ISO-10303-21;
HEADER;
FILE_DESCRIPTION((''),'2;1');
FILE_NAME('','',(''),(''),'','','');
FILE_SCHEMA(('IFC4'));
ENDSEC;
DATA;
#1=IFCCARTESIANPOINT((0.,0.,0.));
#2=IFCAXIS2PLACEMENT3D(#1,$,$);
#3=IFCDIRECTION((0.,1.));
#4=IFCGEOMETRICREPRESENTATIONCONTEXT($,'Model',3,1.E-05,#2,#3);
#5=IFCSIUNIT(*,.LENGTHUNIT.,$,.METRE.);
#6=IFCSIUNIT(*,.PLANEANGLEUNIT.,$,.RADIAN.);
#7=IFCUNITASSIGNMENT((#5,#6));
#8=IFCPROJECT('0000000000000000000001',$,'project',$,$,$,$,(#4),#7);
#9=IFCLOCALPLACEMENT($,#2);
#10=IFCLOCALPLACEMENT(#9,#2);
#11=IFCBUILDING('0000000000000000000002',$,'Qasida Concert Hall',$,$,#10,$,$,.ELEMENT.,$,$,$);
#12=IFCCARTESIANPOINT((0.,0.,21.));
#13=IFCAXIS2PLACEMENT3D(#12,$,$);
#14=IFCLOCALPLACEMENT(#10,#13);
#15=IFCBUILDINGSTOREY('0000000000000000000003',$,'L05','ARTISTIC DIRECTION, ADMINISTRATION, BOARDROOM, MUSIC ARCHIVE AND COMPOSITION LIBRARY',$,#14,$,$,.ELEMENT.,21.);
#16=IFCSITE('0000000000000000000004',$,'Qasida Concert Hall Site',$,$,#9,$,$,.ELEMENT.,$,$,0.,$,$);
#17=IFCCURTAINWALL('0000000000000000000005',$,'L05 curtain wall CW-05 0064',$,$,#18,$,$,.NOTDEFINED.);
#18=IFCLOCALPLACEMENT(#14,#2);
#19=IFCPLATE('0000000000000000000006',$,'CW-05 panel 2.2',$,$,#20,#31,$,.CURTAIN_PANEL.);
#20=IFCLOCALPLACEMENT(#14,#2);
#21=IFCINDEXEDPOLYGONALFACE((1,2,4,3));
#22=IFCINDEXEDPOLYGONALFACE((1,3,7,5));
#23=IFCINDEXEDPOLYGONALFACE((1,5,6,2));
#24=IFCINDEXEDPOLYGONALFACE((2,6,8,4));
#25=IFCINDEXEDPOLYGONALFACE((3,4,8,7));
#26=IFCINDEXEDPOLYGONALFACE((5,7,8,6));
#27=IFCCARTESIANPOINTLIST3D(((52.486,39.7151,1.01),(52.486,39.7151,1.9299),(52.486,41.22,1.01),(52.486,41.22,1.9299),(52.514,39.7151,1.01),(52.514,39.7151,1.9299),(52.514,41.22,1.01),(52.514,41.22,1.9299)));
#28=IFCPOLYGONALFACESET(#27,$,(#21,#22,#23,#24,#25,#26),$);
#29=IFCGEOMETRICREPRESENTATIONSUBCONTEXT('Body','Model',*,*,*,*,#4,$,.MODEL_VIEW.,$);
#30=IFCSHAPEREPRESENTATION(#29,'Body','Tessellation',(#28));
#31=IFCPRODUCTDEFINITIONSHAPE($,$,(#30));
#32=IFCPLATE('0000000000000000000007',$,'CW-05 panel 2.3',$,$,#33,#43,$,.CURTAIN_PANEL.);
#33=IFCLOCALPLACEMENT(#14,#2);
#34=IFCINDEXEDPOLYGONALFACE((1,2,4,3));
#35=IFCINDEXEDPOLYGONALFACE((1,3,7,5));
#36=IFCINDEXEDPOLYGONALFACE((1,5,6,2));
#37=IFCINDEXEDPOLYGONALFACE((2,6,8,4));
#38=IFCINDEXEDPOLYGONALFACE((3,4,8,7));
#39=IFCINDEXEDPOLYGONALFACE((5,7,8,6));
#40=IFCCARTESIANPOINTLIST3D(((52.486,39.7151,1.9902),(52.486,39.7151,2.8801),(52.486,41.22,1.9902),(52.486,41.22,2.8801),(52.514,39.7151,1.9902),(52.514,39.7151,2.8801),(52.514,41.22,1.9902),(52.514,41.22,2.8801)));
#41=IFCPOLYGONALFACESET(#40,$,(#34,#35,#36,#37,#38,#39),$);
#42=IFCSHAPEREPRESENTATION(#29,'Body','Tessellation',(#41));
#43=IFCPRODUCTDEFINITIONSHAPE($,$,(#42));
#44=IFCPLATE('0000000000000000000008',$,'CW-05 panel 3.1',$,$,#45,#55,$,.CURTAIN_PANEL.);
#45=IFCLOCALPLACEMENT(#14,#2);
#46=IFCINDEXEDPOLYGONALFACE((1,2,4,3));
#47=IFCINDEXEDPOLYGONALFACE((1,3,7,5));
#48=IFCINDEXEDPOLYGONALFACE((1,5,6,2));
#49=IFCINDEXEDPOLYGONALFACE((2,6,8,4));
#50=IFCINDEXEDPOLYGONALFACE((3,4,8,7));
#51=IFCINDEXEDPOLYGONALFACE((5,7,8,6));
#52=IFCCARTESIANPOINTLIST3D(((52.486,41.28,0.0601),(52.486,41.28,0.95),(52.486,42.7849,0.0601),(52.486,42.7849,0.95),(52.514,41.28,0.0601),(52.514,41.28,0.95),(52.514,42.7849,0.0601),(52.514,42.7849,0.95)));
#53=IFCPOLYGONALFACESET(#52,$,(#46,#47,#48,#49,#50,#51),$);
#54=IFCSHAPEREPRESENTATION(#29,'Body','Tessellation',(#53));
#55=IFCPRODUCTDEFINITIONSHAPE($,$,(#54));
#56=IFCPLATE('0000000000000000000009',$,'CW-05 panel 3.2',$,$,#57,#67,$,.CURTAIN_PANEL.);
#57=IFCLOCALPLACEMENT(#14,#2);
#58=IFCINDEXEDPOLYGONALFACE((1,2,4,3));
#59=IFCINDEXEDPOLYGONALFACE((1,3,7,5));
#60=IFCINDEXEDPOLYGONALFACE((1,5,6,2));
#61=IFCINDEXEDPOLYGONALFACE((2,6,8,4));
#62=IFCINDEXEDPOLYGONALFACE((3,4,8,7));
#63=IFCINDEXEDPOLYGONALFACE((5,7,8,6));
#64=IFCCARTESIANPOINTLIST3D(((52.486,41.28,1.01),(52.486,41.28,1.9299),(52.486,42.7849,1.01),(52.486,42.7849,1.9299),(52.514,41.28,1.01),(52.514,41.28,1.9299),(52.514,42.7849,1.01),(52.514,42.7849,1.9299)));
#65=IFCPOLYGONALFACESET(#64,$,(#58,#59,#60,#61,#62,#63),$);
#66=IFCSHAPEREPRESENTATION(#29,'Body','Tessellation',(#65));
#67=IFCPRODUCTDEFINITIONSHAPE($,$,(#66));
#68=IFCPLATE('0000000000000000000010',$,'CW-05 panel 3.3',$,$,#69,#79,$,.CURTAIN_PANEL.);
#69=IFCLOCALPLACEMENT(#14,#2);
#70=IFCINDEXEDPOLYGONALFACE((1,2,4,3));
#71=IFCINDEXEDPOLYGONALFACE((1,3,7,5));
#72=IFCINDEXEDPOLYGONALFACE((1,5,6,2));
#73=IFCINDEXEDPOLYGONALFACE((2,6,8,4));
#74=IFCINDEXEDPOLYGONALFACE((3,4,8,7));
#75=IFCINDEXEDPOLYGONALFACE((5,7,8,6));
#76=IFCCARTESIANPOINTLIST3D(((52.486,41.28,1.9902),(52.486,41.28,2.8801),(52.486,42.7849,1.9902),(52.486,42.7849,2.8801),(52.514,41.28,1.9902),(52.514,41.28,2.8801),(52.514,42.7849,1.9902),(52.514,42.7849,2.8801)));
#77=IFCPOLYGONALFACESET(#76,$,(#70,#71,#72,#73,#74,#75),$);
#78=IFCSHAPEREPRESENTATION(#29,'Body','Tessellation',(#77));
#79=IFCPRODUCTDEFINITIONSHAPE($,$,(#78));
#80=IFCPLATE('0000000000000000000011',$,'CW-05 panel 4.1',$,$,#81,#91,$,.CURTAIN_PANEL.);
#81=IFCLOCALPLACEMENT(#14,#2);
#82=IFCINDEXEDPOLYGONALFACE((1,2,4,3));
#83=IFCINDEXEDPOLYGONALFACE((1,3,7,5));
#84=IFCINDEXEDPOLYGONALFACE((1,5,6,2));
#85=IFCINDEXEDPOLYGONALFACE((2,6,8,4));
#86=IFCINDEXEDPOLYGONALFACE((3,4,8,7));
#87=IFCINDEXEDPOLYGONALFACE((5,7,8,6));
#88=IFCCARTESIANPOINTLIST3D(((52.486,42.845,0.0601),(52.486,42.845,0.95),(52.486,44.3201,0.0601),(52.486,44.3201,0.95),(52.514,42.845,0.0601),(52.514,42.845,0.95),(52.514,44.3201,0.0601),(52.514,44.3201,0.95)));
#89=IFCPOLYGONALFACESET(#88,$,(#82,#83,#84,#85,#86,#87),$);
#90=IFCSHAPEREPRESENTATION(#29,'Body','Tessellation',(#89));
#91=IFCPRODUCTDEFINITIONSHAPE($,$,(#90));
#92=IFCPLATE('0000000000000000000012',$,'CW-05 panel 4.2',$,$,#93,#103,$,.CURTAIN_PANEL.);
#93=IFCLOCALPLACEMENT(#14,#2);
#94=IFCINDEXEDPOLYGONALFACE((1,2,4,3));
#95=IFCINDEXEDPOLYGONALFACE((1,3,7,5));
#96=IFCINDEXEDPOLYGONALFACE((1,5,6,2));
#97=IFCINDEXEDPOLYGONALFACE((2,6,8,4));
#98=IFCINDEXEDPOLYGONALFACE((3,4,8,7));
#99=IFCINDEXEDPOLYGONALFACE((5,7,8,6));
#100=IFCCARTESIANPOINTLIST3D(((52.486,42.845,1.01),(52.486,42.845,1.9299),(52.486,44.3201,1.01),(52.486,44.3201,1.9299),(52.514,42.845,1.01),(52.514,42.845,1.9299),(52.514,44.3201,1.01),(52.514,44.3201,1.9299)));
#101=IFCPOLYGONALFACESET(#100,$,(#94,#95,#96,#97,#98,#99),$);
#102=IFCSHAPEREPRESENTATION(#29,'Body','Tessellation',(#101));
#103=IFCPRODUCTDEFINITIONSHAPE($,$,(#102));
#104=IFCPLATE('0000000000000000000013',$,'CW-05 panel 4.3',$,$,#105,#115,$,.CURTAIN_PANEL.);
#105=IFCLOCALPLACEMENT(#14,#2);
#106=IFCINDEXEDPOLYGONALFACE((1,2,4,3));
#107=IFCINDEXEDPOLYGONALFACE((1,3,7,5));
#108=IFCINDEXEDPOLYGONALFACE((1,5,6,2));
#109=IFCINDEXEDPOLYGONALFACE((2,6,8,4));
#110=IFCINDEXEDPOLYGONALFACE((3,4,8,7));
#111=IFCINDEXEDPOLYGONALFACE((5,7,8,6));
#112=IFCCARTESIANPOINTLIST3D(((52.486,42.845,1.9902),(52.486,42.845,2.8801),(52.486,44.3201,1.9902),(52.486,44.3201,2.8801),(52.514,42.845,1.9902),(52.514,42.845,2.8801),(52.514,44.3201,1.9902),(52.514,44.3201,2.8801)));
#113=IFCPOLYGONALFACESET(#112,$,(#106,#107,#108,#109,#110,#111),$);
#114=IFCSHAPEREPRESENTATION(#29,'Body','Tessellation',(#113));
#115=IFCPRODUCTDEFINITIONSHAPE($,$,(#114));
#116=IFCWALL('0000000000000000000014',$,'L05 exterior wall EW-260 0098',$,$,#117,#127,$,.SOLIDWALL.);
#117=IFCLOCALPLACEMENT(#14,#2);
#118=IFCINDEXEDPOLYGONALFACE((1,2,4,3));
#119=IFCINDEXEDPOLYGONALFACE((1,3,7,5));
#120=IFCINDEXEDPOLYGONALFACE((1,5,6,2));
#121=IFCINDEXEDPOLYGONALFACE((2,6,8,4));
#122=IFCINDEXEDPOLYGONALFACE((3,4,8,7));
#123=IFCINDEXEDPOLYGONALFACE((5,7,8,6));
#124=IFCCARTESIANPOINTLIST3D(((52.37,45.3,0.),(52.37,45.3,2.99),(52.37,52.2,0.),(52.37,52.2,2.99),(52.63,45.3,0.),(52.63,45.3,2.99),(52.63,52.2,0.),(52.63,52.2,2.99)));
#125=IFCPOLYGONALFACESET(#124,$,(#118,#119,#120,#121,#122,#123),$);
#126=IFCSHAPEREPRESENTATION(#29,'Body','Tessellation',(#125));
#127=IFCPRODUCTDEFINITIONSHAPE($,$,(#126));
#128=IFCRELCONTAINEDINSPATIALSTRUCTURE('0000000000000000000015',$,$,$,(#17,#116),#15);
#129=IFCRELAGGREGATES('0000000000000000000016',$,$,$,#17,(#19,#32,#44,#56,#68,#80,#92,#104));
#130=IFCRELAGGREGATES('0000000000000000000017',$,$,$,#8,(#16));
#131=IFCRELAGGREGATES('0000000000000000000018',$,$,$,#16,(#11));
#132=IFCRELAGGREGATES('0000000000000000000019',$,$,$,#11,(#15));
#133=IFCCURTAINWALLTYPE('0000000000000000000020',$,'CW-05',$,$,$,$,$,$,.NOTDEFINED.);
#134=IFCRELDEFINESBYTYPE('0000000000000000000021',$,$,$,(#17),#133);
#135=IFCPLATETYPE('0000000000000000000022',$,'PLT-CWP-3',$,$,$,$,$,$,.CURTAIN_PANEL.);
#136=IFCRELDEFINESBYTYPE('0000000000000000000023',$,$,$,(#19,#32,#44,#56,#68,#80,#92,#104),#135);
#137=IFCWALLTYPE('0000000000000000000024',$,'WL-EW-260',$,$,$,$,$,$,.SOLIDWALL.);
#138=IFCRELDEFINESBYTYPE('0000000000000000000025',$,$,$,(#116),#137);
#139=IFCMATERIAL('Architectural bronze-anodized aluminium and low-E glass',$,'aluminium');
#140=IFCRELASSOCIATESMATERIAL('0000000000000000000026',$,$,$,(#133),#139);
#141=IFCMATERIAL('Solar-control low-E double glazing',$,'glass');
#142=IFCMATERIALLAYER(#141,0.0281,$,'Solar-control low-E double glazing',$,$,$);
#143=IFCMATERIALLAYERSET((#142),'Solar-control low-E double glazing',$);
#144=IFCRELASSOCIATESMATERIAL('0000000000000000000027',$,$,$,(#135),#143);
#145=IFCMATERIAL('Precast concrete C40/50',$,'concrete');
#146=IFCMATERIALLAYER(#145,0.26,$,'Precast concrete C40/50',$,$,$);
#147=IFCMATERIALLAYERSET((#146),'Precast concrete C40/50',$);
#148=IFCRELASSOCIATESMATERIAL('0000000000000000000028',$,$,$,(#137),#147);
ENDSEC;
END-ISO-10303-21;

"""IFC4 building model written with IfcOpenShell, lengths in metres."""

from ifc_helpers import new_model, si_unit, direction, frame, frame_2d, origin, origin_2d, place, context, subcontext, project, spatial, rectangle, extrude, material, layer, layer_set, type_object, element, aggregate, save


model = new_model("IFC4")

# Units and contexts
model_context = context("Model", 3, precision=1e-05, world=origin(), true_north=direction((0.0, 1.0)))
body_context = subcontext(model_context, "Body", "Model", "MODEL_VIEW")
ifc_project = project(units=[si_unit("LENGTHUNIT", "METRE"), si_unit("PLANEANGLEUNIT", "RADIAN")], contexts=[model_context])

# Site, building, storey
site_placement = place(None, origin())
site = spatial("IfcSite", under=ifc_project, at=site_placement, Name="Qasida Concert Hall Site", CompositionType="ELEMENT", RefElevation=0.0)
building_placement = place(site_placement, origin())
building = spatial("IfcBuilding", under=site, at=building_placement, Name="Qasida Concert Hall", CompositionType="ELEMENT")
storey_placement = place(building_placement, frame((0.0, 0.0, 21.0)))
storey = spatial("IfcBuildingStorey", under=building, at=storey_placement, Name="L05", Description="ARTISTIC DIRECTION, ADMINISTRATION, BOARDROOM, MUSIC ARCHIVE AND COMPOSITION LIBRARY", CompositionType="ELEMENT", Elevation=21.0)

# Curtain wall, plates
ifc_material_1 = material(Name="Architectural bronze-anodized aluminium and low-E glass", Category="aluminium")
curtain_wall_type = type_object("IfcCurtainWallType", Name="CW-05", PredefinedType="NOTDEFINED", material=ifc_material_1)
curtain_wall_placement = place(storey_placement, origin())
curtain_wall = element("IfcCurtainWall", 1, at=curtain_wall_placement, inside=storey, type_object=curtain_wall_type, Name="L05 curtain wall CW-05 0064", PredefinedType="NOTDEFINED")
ifc_material_2 = material(Name="Solar-control low-E double glazing", Category="glass")
ifc_layer_1 = layer(ifc_material_2, 0.0281, Name="Solar-control low-E double glazing")
ifc_layer_set_1 = layer_set([ifc_layer_1], Name="Solar-control low-E double glazing")
plate_type = type_object("IfcPlateType", Name="PLT-CWP-3", PredefinedType="CURTAIN_PANEL", material=ifc_layer_set_1)
plate_1_placement = place(storey_placement, frame((52.5, 40.4675, 1.01), z_axis=(0.0, 0.0, 1.0), x_axis=(0.0, 1.0, 0.0)))
plate_1 = element("IfcPlate", 2, at=plate_1_placement, type_object=plate_type, Name="CW-05 panel 2.2", PredefinedType="CURTAIN_PANEL", context=body_context, shape_type="SweptSolid", body=[
    extrude(rectangle(XDim=1.5049, YDim=0.0281, at=origin_2d()), origin(), (0.0, 0.0, 1.0), 0.9199),
])
plate_2_placement = place(storey_placement, frame((52.5, 40.4675, 1.9902), z_axis=(0.0, 0.0, 1.0), x_axis=(0.0, 1.0, 0.0)))
plate_2 = element("IfcPlate", 3, at=plate_2_placement, type_object=plate_type, Name="CW-05 panel 2.3", PredefinedType="CURTAIN_PANEL", context=body_context, shape_type="SweptSolid", body=[
    extrude(rectangle(XDim=1.5049, YDim=0.0281, at=origin_2d()), origin(), (0.0, 0.0, 1.0), 0.8899),
])
plate_3_placement = place(storey_placement, frame((52.5, 42.0325, 0.0601), z_axis=(0.0, 0.0, 1.0), x_axis=(0.0, 1.0, 0.0)))
plate_3 = element("IfcPlate", 4, at=plate_3_placement, type_object=plate_type, Name="CW-05 panel 3.1", PredefinedType="CURTAIN_PANEL", context=body_context, shape_type="SweptSolid", body=[
    extrude(rectangle(XDim=1.5049, YDim=0.0281, at=origin_2d()), origin(), (0.0, 0.0, 1.0), 0.8899),
])
plate_4_placement = place(storey_placement, frame((52.5, 42.0325, 1.01), z_axis=(0.0, 0.0, 1.0), x_axis=(0.0, 1.0, 0.0)))
plate_4 = element("IfcPlate", 5, at=plate_4_placement, type_object=plate_type, Name="CW-05 panel 3.2", PredefinedType="CURTAIN_PANEL", context=body_context, shape_type="SweptSolid", body=[
    extrude(rectangle(XDim=1.5049, YDim=0.0281, at=origin_2d()), origin(), (0.0, 0.0, 1.0), 0.9199),
])
plate_5_placement = place(storey_placement, frame((52.5, 42.0325, 1.9902), z_axis=(0.0, 0.0, 1.0), x_axis=(0.0, 1.0, 0.0)))
plate_5 = element("IfcPlate", 6, at=plate_5_placement, type_object=plate_type, Name="CW-05 panel 3.3", PredefinedType="CURTAIN_PANEL", context=body_context, shape_type="SweptSolid", body=[
    extrude(rectangle(XDim=1.5049, YDim=0.0281, at=origin_2d()), origin(), (0.0, 0.0, 1.0), 0.8899),
])
plate_6_placement = place(storey_placement, frame((52.5, 43.5825, 0.0601), z_axis=(0.0, 0.0, 1.0), x_axis=(0.0, 1.0, 0.0)))
plate_6 = element("IfcPlate", 7, at=plate_6_placement, type_object=plate_type, Name="CW-05 panel 4.1", PredefinedType="CURTAIN_PANEL", context=body_context, shape_type="SweptSolid", body=[
    extrude(rectangle(XDim=1.4751, YDim=0.0281, at=origin_2d()), origin(), (0.0, 0.0, 1.0), 0.8899),
])
plate_7_placement = place(storey_placement, frame((52.5, 43.5825, 1.01), z_axis=(0.0, 0.0, 1.0), x_axis=(0.0, 1.0, 0.0)))
plate_7 = element("IfcPlate", 8, at=plate_7_placement, type_object=plate_type, Name="CW-05 panel 4.2", PredefinedType="CURTAIN_PANEL", context=body_context, shape_type="SweptSolid", body=[
    extrude(rectangle(XDim=1.4751, YDim=0.0281, at=origin_2d()), origin(), (0.0, 0.0, 1.0), 0.9199),
])
plate_8_placement = place(storey_placement, frame((52.5, 43.5825, 1.9902), z_axis=(0.0, 0.0, 1.0), x_axis=(0.0, 1.0, 0.0)))
plate_8 = element("IfcPlate", 9, at=plate_8_placement, type_object=plate_type, Name="CW-05 panel 4.3", PredefinedType="CURTAIN_PANEL", context=body_context, shape_type="SweptSolid", body=[
    extrude(rectangle(XDim=1.4751, YDim=0.0281, at=origin_2d()), origin(), (0.0, 0.0, 1.0), 0.8899),
])
aggregate(curtain_wall, [plate_1, plate_2, plate_3, plate_4, plate_5, plate_6, plate_7, plate_8])

# Wall
ifc_material_3 = material(Name="Precast concrete C40/50", Category="concrete")
ifc_layer_2 = layer(ifc_material_3, 0.26, Name="Precast concrete C40/50")
ifc_layer_set_2 = layer_set([ifc_layer_2], Name="Precast concrete C40/50")
wall_type = type_object("IfcWallType", Name="WL-EW-260", PredefinedType="SOLIDWALL", material=ifc_layer_set_2)
wall_placement = place(storey_placement, frame((52.5, 45.3, 0.0), z_axis=(0.0, 0.0, 1.0), x_axis=(0.0, 1.0, 0.0)))
element("IfcWall", 10, at=wall_placement, inside=storey, type_object=wall_type, Name="L05 exterior wall EW-260 0098", PredefinedType="SOLIDWALL", context=body_context, shape_type="SweptSolid", body=[
    extrude(rectangle(XDim=6.8999, YDim=0.26, at=frame_2d((3.45, 0.0))), origin(), (0.0, 0.0, 1.0), 2.99),
])

save(model, "model.ifc")
